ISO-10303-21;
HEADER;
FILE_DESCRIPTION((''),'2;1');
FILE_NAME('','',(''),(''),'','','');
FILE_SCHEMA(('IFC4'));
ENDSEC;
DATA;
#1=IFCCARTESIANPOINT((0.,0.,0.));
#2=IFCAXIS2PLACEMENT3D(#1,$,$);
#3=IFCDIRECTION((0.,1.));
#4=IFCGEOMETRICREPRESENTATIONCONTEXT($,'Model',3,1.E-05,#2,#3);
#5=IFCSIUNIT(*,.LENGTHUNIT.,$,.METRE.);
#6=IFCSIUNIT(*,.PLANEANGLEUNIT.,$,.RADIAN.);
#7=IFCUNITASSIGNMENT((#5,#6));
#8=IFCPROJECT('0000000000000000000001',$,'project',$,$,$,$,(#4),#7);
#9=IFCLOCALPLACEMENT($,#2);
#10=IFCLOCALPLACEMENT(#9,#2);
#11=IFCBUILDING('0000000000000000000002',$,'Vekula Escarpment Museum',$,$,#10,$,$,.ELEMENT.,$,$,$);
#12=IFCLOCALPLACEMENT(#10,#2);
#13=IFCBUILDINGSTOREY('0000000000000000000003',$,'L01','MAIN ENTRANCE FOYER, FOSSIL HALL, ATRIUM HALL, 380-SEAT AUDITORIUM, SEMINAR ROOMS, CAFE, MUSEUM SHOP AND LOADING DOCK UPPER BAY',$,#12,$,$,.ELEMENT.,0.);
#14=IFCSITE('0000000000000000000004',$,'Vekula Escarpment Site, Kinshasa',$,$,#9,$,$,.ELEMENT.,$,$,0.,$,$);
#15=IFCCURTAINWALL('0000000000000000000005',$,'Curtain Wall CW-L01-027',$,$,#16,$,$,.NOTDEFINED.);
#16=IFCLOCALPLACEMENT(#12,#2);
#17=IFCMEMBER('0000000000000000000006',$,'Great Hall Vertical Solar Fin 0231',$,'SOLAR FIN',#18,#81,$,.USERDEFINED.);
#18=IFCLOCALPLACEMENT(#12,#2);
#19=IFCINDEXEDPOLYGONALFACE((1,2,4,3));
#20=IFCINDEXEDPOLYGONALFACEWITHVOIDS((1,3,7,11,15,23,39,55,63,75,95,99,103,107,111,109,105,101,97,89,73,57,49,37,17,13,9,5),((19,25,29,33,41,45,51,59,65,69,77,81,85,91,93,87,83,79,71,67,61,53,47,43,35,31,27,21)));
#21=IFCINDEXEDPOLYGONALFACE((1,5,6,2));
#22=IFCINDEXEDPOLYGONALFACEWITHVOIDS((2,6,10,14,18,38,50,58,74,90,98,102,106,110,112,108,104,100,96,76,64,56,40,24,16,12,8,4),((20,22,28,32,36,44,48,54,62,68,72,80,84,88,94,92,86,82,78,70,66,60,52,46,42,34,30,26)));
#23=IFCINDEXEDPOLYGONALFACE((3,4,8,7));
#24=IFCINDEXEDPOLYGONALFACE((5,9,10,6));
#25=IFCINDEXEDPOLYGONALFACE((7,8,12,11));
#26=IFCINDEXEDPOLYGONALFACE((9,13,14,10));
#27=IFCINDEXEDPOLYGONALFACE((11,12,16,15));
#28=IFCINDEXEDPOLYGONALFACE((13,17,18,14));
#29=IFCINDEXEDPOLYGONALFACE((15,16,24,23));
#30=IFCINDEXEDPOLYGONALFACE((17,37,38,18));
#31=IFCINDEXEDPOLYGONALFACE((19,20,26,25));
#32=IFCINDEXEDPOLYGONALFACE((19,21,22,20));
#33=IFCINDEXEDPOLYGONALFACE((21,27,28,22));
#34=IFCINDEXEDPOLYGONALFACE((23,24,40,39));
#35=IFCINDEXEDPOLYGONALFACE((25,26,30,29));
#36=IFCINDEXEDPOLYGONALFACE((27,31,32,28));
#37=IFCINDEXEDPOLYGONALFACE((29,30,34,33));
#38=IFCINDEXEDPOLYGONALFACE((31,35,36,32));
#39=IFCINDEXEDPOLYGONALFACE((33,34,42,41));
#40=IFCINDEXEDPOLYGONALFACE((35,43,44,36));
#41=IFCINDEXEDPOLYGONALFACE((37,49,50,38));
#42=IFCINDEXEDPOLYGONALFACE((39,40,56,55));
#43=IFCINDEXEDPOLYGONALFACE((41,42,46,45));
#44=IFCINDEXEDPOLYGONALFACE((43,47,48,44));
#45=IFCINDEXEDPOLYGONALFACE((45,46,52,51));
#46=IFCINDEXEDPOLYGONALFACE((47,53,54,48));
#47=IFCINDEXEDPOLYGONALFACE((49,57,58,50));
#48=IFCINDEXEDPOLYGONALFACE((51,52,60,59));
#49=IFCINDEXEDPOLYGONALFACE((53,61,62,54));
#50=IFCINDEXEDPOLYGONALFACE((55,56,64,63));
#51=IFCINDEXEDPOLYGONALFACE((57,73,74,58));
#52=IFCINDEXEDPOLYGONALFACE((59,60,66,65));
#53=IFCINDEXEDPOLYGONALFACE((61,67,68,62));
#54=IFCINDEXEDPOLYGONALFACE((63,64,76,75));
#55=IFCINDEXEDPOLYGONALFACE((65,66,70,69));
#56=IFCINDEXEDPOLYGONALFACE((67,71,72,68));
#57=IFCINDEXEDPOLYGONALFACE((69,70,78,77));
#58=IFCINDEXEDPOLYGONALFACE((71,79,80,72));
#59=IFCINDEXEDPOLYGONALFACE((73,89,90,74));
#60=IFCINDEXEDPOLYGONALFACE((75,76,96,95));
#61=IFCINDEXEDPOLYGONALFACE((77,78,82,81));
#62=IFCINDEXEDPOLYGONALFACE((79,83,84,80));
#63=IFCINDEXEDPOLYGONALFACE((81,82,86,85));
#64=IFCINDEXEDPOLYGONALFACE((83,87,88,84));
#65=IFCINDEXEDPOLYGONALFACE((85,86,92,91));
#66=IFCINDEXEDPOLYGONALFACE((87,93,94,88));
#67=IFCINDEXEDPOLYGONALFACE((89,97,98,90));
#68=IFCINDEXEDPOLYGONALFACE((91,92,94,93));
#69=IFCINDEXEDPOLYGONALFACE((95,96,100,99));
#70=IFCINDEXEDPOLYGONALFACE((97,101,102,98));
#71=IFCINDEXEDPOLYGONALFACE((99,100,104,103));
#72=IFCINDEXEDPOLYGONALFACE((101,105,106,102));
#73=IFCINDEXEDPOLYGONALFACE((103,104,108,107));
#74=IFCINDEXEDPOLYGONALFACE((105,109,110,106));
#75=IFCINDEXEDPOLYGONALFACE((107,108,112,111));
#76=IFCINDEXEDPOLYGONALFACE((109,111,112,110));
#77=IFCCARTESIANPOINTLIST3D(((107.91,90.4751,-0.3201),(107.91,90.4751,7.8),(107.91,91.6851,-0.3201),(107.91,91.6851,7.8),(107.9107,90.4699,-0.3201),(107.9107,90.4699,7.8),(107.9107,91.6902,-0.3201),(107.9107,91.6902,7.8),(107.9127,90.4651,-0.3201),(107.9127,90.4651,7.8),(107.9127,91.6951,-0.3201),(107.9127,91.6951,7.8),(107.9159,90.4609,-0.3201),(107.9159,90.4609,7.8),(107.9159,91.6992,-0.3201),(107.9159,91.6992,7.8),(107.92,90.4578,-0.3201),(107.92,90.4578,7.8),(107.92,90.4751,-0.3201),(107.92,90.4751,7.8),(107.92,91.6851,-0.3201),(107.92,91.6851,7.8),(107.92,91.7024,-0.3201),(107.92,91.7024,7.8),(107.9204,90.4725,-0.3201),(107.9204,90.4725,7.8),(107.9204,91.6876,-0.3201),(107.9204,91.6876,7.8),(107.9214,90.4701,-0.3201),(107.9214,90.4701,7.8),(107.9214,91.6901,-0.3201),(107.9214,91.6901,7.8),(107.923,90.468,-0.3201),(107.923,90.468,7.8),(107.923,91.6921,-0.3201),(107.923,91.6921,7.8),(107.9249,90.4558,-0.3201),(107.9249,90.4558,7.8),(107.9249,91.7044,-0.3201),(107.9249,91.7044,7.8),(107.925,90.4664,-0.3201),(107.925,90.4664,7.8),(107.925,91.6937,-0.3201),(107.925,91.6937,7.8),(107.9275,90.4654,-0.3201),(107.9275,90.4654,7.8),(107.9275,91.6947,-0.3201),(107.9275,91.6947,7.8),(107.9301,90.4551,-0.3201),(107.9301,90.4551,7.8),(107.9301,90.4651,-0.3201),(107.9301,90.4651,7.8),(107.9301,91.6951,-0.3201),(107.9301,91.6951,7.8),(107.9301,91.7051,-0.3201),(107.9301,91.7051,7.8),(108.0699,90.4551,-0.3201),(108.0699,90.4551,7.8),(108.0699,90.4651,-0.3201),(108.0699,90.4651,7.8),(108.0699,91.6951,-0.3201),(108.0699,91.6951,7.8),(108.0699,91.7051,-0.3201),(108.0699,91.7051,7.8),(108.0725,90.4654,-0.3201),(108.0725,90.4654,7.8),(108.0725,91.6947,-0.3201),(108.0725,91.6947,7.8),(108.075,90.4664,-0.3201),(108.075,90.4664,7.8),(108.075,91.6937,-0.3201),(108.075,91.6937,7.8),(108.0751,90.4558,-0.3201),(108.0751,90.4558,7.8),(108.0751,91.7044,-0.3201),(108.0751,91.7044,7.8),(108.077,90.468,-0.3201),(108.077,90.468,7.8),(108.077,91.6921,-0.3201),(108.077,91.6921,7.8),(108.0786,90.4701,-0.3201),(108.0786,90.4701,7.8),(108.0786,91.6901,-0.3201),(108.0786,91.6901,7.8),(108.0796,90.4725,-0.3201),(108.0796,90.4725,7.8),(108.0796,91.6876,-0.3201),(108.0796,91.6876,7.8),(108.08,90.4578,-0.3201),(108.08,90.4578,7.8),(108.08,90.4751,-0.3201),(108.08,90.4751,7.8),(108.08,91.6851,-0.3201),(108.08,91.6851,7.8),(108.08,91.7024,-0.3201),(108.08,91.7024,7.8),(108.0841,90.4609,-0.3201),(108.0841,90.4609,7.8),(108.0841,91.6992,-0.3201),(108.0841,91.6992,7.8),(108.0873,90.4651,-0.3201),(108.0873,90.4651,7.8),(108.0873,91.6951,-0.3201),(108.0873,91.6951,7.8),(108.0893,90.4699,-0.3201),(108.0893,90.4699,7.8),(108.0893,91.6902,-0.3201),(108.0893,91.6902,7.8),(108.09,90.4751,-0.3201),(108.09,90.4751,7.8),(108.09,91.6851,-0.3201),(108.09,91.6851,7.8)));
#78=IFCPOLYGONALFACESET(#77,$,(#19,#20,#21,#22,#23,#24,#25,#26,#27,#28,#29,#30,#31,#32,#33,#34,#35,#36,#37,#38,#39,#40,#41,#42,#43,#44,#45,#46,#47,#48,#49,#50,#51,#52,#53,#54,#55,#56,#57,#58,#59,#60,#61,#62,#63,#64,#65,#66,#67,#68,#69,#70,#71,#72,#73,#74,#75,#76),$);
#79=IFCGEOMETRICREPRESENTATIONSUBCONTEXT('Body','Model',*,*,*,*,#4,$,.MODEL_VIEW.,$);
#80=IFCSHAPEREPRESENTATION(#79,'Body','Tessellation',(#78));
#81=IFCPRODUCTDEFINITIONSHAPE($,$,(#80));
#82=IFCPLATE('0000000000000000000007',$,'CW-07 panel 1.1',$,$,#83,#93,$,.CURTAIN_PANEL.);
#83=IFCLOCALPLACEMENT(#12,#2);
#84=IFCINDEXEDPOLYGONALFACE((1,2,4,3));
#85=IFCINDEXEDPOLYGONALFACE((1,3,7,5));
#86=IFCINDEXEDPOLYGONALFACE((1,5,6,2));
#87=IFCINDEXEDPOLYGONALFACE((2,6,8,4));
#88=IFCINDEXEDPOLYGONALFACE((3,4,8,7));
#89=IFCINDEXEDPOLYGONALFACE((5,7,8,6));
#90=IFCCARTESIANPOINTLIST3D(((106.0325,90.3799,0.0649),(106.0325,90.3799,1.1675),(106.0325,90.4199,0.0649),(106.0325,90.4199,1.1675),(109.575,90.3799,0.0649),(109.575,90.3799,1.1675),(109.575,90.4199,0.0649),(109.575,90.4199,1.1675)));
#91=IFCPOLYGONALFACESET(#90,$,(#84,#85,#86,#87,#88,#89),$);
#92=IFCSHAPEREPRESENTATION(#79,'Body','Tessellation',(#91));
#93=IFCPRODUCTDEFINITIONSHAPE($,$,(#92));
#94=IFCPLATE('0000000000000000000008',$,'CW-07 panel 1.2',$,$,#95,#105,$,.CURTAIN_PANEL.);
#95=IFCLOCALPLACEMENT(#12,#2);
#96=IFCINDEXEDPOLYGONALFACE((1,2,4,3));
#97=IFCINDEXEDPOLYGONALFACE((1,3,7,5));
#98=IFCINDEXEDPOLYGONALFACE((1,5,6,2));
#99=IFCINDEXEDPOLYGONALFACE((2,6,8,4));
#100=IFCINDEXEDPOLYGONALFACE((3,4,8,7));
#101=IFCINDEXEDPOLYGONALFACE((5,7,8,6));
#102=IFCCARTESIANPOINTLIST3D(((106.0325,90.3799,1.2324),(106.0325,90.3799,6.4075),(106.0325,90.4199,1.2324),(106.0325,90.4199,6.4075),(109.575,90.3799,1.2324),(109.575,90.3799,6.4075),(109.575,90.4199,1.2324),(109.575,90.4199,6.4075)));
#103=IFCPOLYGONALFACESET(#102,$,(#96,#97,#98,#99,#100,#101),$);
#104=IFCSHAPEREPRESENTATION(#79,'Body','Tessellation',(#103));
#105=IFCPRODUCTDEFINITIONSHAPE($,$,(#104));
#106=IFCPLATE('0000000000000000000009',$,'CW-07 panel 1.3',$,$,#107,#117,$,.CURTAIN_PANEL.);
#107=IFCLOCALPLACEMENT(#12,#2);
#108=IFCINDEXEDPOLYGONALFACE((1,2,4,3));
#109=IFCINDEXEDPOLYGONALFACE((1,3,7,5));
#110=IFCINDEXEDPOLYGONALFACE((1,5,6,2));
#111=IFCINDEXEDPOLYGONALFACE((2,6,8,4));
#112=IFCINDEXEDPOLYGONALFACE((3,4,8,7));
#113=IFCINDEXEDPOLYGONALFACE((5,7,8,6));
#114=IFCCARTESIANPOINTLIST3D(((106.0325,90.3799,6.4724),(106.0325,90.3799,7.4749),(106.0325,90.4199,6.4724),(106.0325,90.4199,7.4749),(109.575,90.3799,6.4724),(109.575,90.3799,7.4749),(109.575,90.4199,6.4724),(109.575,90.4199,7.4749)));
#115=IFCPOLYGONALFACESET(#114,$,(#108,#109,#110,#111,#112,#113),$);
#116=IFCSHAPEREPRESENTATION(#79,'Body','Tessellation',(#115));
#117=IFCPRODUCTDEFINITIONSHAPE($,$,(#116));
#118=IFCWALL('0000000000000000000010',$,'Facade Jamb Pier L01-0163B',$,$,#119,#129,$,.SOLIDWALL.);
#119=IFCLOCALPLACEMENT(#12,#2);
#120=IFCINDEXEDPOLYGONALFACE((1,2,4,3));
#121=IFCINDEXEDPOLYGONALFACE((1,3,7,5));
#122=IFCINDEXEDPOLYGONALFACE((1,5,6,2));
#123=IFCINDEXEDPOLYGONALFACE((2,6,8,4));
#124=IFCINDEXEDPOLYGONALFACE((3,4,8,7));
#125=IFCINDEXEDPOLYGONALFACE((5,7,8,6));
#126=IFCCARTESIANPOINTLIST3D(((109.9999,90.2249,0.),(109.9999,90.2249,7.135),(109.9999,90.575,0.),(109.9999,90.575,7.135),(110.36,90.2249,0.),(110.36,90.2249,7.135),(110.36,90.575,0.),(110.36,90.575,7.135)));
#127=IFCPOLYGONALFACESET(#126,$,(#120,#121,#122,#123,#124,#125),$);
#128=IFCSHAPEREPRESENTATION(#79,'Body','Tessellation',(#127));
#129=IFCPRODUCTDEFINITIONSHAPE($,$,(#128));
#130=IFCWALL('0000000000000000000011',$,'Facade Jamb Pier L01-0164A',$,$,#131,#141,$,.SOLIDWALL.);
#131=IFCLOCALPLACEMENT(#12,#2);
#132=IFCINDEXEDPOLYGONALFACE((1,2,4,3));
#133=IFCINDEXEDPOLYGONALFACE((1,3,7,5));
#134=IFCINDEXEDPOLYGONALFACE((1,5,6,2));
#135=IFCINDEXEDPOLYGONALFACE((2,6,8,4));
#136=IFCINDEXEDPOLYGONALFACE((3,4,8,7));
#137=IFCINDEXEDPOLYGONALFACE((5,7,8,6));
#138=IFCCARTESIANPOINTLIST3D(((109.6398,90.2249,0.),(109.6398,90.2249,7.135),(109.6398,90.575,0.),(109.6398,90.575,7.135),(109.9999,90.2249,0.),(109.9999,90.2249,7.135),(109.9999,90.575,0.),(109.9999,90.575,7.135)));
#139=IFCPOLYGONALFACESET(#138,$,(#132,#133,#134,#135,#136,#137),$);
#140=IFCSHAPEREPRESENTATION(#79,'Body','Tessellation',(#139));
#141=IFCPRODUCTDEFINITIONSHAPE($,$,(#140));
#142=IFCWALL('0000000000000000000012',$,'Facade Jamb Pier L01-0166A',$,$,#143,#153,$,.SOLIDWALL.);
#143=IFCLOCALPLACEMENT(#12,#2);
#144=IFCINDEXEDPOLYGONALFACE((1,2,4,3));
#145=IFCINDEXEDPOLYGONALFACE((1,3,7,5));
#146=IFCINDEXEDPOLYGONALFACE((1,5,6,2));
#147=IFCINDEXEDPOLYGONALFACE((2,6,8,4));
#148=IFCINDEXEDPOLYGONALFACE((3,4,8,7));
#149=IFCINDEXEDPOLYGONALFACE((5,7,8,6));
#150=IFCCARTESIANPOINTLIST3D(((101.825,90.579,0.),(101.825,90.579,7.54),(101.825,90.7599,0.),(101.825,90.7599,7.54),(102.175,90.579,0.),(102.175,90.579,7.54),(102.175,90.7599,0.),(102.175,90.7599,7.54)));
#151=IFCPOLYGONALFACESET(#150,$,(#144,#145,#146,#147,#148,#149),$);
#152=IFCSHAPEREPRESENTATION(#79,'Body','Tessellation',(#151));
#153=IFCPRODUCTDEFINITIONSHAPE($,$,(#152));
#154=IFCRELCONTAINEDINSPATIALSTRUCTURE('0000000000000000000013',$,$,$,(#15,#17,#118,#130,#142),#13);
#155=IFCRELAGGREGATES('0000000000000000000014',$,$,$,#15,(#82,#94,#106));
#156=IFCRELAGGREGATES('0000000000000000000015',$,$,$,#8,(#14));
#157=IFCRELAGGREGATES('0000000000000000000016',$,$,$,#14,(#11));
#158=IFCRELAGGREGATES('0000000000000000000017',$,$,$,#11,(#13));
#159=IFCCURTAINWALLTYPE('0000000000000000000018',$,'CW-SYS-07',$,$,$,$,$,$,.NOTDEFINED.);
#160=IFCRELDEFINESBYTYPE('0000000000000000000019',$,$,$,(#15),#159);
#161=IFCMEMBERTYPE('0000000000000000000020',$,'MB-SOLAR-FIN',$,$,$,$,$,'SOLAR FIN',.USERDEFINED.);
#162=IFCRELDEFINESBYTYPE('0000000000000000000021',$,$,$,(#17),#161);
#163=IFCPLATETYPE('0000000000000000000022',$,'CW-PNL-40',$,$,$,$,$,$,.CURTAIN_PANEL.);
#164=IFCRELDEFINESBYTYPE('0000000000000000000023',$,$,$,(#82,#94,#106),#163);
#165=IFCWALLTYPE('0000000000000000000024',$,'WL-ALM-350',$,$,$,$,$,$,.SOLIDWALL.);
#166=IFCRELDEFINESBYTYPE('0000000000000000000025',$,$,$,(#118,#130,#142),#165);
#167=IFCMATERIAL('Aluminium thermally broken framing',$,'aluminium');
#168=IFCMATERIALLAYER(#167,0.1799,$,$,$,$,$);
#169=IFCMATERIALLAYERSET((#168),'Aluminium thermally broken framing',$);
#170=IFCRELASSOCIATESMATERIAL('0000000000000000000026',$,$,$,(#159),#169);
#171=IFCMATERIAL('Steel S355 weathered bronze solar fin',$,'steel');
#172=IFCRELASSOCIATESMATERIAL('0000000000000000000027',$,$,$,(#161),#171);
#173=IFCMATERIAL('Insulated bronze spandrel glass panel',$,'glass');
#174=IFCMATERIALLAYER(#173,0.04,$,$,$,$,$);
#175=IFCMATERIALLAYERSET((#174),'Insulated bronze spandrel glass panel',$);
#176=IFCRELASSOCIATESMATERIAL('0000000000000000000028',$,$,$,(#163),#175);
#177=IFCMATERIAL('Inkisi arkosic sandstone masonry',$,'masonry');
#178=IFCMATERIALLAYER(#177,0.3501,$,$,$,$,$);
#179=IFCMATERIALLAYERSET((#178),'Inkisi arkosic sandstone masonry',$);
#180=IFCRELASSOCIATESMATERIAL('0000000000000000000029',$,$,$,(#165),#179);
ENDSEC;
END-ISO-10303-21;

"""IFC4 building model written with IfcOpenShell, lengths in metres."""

from ifc_helpers import new_model, si_unit, direction, frame, frame_2d, origin, origin_2d, place, context, subcontext, project, spatial, rectangle, hollow_rectangle, extrude, material, layer, layer_set, material_profile, profile_set, type_object, element, aggregate, save


model = new_model("IFC4")

# Units and contexts
model_context = context("Model", 3, precision=1e-05, world=origin(), true_north=direction((0.0, 1.0)))
body_context = subcontext(model_context, "Body", "Model", "MODEL_VIEW")
ifc_project = project(units=[si_unit("LENGTHUNIT", "METRE"), si_unit("PLANEANGLEUNIT", "RADIAN")], contexts=[model_context])

# Site, building, storey
site_placement = place(None, origin())
site = spatial("IfcSite", under=ifc_project, at=site_placement, Name="Vekula Escarpment Site, Kinshasa", CompositionType="ELEMENT", RefElevation=0.0)
building_placement = place(site_placement, origin())
building = spatial("IfcBuilding", under=site, at=building_placement, Name="Vekula Escarpment Museum", CompositionType="ELEMENT")
storey_placement = place(building_placement, origin())
storey = spatial("IfcBuildingStorey", under=building, at=storey_placement, Name="L01", Description="MAIN ENTRANCE FOYER, FOSSIL HALL, ATRIUM HALL, 380-SEAT AUDITORIUM, SEMINAR ROOMS, CAFE, MUSEUM SHOP AND LOADING DOCK UPPER BAY", CompositionType="ELEMENT", Elevation=0.0)

# Curtain wall
ifc_material_1 = material(Name="Aluminium thermally broken framing", Category="aluminium")
ifc_layer_1 = layer(ifc_material_1, 0.1799)
ifc_layer_set_1 = layer_set([ifc_layer_1], Name="Aluminium thermally broken framing")
curtain_wall_type_1 = type_object("IfcCurtainWallType", Name="CW-SYS-07", PredefinedType="NOTDEFINED", material=ifc_layer_set_1)
curtain_wall_1_placement = place(storey_placement, origin())
curtain_wall_1 = element("IfcCurtainWall", 1, at=curtain_wall_1_placement, inside=storey, type_object=curtain_wall_type_1, Name="Curtain Wall CW-L01-027", PredefinedType="NOTDEFINED")

# Member
ifc_material_2 = material(Name="Steel S355 weathered bronze solar fin", Category="steel")
ifc_material_profile_1 = material_profile(ifc_material_2, hollow_rectangle(XDim=0.1799, YDim=1.25, WallThickness=0.01, InnerFilletRadius=0.01, OuterFilletRadius=0.02, at=origin_2d()), Name="RHS 1250x180x10")
ifc_profile_set_1 = profile_set([ifc_material_profile_1], Name="Steel S355 weathered bronze solar fin")
member_type_1 = type_object("IfcMemberType", Name="MB-SOLAR-FIN", ElementType="SOLAR FIN", PredefinedType="USERDEFINED", material=ifc_profile_set_1)
for number, where, z_axis, x_axis, name in (
    (2, (108.0, 91.0801, -0.3201), (0.0, 0.0, 1.0), (1.0, 0.0, 0.0), "Great Hall Vertical Solar Fin 0231"),
):
    element("IfcMember", number, at=place(storey_placement, frame(where, z_axis=z_axis, x_axis=x_axis)), inside=storey, type_object=member_type_1, Name=name, ObjectType="SOLAR FIN", PredefinedType="USERDEFINED", context=body_context, shape_type="SweptSolid", body=[
        extrude(hollow_rectangle(XDim=0.1799, YDim=1.25, WallThickness=0.01, InnerFilletRadius=0.01, OuterFilletRadius=0.02, at=origin_2d()), origin(), (0.0, 0.0, 1.0), 8.1201),
    ])

# Plates
ifc_material_3 = material(Name="Insulated bronze spandrel glass panel", Category="glass")
ifc_layer_2 = layer(ifc_material_3, 0.04)
ifc_layer_set_2 = layer_set([ifc_layer_2], Name="Insulated bronze spandrel glass panel")
plate_type = type_object("IfcPlateType", Name="CW-PNL-40", PredefinedType="CURTAIN_PANEL", material=ifc_layer_set_2)
plate_1_placement = place(storey_placement, frame((107.8037, 90.3999, 0.0649), z_axis=(0.0, 0.0, 1.0), x_axis=(-1.0, 0.0, 0.0)))
plate_1 = element("IfcPlate", 3, at=plate_1_placement, type_object=plate_type, Name="CW-07 panel 1.1", PredefinedType="CURTAIN_PANEL", context=body_context, shape_type="SweptSolid", body=[
    extrude(rectangle(XDim=3.5425, YDim=0.04, at=origin_2d()), origin(), (0.0, 0.0, 1.0), 1.1025),
])
plate_2_placement = place(storey_placement, frame((107.8037, 90.3999, 1.2324), z_axis=(0.0, 0.0, 1.0), x_axis=(-1.0, 0.0, 0.0)))
plate_2 = element("IfcPlate", 4, at=plate_2_placement, type_object=plate_type, Name="CW-07 panel 1.2", PredefinedType="CURTAIN_PANEL", context=body_context, shape_type="SweptSolid", body=[
    extrude(rectangle(XDim=3.5425, YDim=0.04, at=origin_2d()), origin(), (0.0, 0.0, 1.0), 5.175),
])
plate_3_placement = place(storey_placement, frame((107.8037, 90.3999, 6.4724), z_axis=(0.0, 0.0, 1.0), x_axis=(-1.0, 0.0, 0.0)))
plate_3 = element("IfcPlate", 5, at=plate_3_placement, type_object=plate_type, Name="CW-07 panel 1.3", PredefinedType="CURTAIN_PANEL", context=body_context, shape_type="SweptSolid", body=[
    extrude(rectangle(XDim=3.5425, YDim=0.04, at=origin_2d()), origin(), (0.0, 0.0, 1.0), 1.0024),
])
aggregate(curtain_wall_1, [plate_1, plate_2, plate_3])

# Walls
ifc_material_4 = material(Name="Inkisi arkosic sandstone masonry", Category="masonry")
ifc_layer_3 = layer(ifc_material_4, 0.3501)
ifc_layer_set_3 = layer_set([ifc_layer_3], Name="Inkisi arkosic sandstone masonry")
wall_type = type_object("IfcWallType", Name="WL-ALM-350", PredefinedType="SOLIDWALL", material=ifc_layer_set_3)
for number, where, z_axis, x_axis, name in (
    (6, (110.3601, 90.3999, 0.0), (0.0, 0.0, 1.0), (-1.0, 0.0, 0.0), "Facade Jamb Pier L01-0163B"),
    (7, (110.0, 90.3999, 0.0), (0.0, 0.0, 1.0), (-1.0, 0.0, 0.0), "Facade Jamb Pier L01-0164A"),
):
    element("IfcWall", number, at=place(storey_placement, frame(where, z_axis=z_axis, x_axis=x_axis)), inside=storey, type_object=wall_type, Name=name, PredefinedType="SOLIDWALL", context=body_context, shape_type="SweptSolid", body=[
        extrude(rectangle(XDim=0.3601, YDim=0.3501, at=frame_2d((0.1802, 0.0))), origin(), (0.0, 0.0, 1.0), 7.135),
    ])
wall_placement = place(storey_placement, frame((102.0, 90.5791, 0.0), z_axis=(0.0, 0.0, 1.0), x_axis=(0.0, 1.0, 0.0)))
element("IfcWall", 8, at=wall_placement, inside=storey, type_object=wall_type, Name="Facade Jamb Pier L01-0166A", PredefinedType="SOLIDWALL", context=body_context, shape_type="SweptSolid", body=[
    extrude(rectangle(XDim=0.1809, YDim=0.3501, at=frame_2d((0.0903, 0.0))), origin(), (0.0, 0.0, 1.0), 7.54),
])

save(model, "model.ifc")
